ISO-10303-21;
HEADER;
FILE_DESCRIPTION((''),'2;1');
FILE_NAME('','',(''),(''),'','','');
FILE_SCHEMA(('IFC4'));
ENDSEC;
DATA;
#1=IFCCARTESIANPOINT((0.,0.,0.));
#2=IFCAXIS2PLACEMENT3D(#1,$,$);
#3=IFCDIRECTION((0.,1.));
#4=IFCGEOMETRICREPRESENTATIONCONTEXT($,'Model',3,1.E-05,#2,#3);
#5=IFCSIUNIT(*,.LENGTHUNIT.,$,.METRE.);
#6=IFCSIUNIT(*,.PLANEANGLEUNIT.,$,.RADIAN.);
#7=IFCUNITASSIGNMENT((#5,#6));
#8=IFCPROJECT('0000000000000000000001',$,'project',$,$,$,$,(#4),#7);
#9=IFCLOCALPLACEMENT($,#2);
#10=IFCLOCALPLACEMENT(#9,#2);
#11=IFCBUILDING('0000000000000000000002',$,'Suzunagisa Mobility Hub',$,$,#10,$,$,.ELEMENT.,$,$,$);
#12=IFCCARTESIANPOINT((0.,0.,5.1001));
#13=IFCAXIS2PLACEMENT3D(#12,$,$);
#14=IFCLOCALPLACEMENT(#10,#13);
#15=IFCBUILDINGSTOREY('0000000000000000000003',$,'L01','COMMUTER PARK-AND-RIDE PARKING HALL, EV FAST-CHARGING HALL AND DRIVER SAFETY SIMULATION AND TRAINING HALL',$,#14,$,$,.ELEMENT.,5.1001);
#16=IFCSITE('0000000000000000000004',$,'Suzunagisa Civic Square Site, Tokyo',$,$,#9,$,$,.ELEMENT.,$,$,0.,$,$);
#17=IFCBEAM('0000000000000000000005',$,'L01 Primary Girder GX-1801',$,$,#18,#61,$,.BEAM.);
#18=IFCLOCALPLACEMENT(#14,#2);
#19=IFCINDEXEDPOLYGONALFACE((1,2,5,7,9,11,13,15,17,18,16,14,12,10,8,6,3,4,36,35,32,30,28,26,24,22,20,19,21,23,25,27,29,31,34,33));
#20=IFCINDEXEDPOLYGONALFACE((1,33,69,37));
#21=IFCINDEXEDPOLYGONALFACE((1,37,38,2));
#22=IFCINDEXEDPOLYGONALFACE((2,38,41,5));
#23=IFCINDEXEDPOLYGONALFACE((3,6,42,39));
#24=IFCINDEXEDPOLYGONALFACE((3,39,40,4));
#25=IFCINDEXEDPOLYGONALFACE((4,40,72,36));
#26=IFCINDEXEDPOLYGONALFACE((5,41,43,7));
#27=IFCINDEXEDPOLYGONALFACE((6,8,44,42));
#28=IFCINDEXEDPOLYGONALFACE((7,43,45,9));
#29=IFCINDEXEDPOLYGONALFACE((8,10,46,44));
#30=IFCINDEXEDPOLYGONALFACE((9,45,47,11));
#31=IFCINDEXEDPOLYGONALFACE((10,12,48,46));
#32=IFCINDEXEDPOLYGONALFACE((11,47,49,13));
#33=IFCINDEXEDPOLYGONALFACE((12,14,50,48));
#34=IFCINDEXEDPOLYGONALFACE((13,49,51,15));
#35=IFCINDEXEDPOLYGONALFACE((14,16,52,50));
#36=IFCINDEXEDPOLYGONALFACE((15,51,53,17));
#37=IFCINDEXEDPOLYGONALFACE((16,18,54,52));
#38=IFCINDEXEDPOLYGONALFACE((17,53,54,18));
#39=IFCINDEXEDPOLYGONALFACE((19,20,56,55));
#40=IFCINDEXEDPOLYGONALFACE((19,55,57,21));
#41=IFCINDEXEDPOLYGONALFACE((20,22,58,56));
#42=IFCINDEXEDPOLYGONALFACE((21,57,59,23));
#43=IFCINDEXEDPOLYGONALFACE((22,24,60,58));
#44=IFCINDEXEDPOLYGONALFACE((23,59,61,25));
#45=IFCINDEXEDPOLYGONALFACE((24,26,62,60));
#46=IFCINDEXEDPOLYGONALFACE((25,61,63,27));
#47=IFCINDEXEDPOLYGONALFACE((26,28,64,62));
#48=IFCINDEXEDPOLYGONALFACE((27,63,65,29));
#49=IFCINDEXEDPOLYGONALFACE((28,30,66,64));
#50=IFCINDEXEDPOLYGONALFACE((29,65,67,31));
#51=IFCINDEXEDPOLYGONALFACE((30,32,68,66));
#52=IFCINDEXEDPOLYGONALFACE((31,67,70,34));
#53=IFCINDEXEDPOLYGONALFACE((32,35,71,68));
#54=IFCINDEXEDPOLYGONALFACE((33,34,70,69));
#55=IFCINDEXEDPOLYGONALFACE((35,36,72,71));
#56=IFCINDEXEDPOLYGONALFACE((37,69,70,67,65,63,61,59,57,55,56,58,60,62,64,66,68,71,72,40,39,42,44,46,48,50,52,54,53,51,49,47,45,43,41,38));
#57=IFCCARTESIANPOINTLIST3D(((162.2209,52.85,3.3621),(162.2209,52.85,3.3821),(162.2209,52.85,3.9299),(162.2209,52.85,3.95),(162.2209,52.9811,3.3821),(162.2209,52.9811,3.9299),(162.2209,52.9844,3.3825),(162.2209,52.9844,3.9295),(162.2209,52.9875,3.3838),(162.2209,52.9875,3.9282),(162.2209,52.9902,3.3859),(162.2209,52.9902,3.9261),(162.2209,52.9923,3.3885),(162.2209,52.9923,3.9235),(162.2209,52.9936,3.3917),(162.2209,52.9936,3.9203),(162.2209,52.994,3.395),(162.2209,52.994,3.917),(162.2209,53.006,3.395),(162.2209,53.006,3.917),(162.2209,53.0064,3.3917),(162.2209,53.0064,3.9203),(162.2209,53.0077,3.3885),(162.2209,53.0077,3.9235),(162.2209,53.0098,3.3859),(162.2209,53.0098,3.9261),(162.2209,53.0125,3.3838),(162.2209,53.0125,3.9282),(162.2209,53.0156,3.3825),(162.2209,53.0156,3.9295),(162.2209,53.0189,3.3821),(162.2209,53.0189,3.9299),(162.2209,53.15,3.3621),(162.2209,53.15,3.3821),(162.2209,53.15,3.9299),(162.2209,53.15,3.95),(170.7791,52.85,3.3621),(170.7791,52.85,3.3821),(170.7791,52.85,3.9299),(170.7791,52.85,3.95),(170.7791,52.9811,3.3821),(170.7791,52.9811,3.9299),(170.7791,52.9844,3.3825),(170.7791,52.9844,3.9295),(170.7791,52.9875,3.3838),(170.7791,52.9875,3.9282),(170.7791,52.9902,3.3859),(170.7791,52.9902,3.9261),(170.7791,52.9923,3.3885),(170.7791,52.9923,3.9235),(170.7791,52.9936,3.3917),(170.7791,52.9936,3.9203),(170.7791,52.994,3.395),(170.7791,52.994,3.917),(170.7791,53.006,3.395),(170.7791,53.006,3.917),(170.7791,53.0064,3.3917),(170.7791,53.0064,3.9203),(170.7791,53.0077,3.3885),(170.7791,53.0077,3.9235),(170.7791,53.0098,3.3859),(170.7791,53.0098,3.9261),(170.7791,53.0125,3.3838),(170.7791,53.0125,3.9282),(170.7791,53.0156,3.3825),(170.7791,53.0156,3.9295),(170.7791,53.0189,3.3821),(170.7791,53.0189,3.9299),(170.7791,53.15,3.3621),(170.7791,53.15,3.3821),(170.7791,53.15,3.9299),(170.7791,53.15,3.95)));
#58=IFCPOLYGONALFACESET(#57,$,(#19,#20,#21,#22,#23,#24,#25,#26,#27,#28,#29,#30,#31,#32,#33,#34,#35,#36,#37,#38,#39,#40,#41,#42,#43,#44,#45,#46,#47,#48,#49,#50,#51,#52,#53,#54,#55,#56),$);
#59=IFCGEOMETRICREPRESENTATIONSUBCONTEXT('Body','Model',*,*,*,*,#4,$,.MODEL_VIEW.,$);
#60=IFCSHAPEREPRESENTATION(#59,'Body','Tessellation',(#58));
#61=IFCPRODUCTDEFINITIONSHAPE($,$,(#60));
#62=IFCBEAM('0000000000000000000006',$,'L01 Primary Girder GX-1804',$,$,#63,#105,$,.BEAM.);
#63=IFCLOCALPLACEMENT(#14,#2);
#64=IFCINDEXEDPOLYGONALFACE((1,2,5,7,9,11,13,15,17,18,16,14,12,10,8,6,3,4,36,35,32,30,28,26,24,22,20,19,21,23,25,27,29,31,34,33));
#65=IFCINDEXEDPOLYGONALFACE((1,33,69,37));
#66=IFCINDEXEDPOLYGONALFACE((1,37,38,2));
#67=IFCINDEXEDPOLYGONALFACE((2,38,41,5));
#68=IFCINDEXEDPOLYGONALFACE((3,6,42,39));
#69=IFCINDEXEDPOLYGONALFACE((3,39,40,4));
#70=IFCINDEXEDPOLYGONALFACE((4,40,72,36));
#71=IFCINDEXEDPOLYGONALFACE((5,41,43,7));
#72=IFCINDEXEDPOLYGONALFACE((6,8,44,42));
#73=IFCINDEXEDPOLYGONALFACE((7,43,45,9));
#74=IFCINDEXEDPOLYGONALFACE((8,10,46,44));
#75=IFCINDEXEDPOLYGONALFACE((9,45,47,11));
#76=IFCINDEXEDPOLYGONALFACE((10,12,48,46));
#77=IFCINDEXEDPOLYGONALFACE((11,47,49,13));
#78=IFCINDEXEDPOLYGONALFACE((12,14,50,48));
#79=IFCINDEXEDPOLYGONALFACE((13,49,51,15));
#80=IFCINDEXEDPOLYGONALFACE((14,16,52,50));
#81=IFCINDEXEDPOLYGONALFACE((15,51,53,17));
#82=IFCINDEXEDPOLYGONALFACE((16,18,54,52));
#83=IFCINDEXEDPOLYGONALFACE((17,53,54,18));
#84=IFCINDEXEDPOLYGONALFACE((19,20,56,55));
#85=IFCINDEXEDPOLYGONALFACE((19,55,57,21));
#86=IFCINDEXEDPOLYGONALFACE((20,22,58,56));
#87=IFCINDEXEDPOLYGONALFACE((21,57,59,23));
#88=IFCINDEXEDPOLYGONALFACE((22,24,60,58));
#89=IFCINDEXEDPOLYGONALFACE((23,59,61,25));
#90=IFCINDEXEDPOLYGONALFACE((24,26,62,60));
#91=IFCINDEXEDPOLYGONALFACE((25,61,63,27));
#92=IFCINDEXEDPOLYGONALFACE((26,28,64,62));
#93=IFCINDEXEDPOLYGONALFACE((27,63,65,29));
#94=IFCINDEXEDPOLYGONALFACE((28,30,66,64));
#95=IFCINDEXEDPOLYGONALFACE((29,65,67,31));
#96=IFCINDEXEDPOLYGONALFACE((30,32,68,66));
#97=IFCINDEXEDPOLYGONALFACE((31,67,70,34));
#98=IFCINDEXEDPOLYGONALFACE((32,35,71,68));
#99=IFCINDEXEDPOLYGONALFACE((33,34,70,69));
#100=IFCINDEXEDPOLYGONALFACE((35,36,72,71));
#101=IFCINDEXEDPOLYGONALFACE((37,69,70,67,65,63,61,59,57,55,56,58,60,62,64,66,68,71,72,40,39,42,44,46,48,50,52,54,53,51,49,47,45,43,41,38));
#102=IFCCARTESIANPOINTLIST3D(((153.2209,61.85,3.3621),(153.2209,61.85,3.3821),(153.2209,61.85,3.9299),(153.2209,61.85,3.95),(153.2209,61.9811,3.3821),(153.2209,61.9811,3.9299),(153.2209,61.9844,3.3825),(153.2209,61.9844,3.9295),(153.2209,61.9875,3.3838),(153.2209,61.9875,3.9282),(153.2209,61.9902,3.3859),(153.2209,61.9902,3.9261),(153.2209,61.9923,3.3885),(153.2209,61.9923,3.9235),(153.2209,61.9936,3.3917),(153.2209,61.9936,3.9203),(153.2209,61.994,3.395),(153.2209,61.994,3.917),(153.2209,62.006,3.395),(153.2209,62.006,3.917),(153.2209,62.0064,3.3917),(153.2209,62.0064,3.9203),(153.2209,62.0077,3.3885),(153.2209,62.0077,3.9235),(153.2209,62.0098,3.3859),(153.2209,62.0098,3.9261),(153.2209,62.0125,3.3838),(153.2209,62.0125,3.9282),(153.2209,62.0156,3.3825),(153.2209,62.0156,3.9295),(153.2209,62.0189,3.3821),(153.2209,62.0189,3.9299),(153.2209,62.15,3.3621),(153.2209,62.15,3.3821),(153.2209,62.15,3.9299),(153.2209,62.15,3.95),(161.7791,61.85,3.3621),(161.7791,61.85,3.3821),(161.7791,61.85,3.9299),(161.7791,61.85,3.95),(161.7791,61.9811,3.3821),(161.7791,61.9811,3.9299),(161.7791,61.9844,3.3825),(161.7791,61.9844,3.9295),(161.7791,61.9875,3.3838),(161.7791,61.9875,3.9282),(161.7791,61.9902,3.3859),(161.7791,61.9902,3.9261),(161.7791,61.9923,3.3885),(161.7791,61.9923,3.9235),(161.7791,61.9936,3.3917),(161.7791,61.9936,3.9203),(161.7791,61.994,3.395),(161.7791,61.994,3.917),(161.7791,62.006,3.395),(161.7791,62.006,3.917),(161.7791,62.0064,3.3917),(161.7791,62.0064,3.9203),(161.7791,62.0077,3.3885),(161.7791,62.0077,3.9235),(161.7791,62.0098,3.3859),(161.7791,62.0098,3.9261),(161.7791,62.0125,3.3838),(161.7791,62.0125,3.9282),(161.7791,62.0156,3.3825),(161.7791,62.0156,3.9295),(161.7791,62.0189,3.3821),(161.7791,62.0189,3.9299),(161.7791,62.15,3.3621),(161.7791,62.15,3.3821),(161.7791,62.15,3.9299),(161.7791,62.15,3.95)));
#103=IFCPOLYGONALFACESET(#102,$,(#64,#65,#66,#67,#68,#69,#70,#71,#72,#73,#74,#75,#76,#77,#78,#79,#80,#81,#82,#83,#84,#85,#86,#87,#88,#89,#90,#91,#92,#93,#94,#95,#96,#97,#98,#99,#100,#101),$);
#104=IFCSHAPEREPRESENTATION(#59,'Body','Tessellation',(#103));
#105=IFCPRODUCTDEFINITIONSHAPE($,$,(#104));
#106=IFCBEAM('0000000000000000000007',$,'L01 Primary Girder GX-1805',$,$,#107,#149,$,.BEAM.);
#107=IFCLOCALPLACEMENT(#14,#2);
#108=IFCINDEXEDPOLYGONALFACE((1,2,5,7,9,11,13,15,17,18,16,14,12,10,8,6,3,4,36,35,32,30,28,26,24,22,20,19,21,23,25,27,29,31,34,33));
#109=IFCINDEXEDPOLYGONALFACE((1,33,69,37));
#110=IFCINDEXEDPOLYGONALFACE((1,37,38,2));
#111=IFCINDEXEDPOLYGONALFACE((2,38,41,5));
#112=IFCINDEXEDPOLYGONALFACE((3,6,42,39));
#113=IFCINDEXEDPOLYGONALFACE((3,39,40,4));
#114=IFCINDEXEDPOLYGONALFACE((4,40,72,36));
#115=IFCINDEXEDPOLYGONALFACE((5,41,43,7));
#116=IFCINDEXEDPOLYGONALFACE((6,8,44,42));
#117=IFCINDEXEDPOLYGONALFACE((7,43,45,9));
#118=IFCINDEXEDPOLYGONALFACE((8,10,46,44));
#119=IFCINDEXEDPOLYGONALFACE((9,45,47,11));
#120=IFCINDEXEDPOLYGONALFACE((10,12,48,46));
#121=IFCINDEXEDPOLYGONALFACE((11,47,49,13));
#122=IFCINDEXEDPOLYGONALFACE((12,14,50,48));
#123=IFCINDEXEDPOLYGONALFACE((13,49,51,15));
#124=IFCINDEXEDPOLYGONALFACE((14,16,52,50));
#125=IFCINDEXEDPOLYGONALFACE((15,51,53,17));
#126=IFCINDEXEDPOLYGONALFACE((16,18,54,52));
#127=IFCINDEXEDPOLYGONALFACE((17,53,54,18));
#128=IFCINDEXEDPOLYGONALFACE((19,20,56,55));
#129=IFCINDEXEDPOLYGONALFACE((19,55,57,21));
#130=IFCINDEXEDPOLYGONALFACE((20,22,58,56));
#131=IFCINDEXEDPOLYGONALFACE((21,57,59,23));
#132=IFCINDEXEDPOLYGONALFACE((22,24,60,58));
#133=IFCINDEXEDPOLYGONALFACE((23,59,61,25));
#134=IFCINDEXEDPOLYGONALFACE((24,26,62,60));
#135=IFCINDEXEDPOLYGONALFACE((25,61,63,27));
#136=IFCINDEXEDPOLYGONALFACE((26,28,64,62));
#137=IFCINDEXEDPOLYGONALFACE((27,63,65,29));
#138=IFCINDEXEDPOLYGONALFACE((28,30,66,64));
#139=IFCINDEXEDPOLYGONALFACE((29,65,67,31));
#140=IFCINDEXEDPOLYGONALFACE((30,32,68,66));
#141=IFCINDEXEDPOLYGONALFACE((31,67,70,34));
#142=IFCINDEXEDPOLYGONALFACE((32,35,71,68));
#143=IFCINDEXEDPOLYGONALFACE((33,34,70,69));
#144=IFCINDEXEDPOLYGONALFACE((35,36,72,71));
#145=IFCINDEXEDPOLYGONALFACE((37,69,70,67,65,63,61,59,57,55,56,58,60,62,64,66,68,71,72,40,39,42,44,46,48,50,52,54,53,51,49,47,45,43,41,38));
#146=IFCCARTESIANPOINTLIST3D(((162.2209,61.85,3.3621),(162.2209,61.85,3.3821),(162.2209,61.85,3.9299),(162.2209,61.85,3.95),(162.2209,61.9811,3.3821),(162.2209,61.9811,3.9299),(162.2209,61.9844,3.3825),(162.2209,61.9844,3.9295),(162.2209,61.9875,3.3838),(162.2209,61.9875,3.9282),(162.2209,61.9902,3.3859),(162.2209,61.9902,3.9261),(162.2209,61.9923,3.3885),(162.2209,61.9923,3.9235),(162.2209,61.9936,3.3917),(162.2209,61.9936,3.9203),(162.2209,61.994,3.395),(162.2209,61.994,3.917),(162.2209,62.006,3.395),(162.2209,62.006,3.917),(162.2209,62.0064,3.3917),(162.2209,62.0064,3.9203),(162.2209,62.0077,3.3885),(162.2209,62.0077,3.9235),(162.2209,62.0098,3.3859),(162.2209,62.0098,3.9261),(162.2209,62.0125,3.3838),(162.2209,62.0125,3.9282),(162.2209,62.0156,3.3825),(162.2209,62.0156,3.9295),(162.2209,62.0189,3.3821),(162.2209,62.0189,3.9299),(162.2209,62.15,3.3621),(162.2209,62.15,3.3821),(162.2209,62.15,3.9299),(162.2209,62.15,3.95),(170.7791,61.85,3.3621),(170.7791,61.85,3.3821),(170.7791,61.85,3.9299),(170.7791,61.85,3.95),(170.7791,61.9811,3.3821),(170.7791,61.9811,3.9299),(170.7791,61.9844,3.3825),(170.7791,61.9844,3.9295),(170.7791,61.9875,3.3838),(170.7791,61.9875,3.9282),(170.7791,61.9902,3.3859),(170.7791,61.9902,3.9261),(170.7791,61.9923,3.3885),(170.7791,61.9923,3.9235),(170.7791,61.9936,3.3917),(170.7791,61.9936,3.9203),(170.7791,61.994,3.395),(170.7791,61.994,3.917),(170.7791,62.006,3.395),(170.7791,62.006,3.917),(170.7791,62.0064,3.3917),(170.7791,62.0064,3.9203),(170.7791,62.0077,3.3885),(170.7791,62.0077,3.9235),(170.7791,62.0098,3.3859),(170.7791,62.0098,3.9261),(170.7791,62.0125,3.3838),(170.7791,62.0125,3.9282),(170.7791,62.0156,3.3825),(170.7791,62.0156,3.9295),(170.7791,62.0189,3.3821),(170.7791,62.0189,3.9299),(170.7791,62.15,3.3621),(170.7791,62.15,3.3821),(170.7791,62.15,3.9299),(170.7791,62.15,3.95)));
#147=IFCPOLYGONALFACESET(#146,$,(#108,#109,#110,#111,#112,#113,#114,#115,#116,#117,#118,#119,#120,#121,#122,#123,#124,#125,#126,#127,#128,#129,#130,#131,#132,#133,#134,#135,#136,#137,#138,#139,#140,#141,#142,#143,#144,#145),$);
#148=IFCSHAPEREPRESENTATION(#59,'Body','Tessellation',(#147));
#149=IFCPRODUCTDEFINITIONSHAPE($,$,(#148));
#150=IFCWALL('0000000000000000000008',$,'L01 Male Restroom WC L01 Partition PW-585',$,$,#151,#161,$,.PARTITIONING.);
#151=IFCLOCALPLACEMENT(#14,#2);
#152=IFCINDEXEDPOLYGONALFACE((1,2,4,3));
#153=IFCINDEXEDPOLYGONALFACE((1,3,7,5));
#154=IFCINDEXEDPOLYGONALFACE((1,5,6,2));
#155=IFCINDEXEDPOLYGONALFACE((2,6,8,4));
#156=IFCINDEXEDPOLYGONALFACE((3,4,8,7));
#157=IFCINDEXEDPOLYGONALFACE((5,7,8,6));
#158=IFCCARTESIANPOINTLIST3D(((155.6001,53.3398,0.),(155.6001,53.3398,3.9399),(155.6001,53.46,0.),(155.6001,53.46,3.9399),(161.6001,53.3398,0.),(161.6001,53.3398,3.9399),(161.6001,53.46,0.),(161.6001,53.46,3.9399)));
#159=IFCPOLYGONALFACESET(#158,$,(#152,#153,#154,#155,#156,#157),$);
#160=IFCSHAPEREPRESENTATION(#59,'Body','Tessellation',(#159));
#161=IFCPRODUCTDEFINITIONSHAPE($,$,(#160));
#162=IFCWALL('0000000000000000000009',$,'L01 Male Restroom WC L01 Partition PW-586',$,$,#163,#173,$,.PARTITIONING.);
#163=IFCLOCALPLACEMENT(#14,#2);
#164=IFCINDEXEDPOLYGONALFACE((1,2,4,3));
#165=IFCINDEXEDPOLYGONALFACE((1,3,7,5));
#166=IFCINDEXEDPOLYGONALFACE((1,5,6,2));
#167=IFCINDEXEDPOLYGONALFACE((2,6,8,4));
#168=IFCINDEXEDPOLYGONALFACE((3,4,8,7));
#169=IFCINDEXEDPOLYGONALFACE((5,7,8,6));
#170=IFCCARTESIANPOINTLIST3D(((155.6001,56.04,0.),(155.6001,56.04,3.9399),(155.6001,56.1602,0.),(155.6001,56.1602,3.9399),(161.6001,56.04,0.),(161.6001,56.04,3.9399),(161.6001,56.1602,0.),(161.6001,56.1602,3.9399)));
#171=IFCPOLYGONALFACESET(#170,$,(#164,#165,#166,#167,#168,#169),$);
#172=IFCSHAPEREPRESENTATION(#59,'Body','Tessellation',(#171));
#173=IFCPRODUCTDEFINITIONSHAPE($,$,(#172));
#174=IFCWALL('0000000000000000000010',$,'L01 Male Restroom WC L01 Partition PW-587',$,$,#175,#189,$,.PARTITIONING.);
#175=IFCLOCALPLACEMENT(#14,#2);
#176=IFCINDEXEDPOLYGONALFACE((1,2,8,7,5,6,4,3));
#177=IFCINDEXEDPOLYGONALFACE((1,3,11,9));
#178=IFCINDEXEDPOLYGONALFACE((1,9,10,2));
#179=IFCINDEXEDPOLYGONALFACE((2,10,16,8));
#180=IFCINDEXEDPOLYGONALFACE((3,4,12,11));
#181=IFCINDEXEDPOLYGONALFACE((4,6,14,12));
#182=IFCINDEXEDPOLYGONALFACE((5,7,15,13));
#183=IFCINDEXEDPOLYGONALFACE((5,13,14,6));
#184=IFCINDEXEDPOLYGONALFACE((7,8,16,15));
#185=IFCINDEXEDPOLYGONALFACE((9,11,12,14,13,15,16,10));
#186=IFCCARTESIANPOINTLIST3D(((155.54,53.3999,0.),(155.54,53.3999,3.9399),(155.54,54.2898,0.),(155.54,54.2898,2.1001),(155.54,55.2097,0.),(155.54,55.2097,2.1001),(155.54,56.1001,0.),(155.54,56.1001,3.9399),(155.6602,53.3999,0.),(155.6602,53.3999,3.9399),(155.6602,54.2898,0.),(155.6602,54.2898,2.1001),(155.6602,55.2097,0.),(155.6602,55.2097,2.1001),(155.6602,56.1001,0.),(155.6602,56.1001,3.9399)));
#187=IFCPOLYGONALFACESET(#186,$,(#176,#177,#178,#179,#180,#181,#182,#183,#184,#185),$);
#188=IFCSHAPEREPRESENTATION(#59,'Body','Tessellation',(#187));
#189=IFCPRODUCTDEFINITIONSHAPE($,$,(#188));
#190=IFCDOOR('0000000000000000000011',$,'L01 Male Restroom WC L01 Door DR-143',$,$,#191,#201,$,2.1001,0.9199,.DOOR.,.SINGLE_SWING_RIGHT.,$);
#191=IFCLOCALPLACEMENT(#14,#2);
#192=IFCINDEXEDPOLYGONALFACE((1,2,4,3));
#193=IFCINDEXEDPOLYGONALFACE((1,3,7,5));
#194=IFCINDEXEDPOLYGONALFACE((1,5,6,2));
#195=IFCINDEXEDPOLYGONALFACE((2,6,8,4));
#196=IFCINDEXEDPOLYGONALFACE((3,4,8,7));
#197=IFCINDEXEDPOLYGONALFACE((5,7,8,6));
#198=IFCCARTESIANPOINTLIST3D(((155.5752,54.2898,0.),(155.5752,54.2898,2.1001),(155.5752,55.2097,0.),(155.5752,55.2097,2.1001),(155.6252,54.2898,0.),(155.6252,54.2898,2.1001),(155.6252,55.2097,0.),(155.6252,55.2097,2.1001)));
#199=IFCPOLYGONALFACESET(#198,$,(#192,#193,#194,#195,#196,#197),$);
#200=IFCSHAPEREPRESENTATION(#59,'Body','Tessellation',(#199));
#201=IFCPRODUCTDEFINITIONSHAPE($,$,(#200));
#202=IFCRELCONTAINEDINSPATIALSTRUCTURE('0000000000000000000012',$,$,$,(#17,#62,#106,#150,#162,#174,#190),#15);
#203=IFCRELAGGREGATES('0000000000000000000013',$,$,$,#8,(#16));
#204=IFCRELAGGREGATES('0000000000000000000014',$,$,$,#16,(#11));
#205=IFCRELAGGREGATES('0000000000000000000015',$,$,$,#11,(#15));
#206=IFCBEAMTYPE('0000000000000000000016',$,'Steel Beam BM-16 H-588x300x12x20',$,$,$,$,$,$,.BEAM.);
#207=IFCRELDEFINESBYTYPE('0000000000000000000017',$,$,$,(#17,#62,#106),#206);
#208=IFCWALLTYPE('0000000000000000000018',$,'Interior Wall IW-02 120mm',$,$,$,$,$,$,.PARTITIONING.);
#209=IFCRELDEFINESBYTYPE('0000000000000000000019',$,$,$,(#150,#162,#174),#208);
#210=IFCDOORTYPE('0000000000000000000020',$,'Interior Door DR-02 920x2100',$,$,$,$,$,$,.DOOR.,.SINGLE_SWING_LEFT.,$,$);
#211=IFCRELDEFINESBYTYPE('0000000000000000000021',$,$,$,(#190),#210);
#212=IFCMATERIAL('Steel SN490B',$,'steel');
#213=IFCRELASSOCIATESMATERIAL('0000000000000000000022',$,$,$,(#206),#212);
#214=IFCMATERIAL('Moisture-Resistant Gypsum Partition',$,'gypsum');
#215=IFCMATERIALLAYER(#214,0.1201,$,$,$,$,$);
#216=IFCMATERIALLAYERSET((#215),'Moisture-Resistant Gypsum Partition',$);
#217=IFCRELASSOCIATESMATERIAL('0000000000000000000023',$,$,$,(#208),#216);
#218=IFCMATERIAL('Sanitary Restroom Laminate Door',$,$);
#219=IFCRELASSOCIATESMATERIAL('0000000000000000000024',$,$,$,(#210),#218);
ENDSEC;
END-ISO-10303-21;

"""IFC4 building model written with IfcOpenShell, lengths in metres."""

from ifc_helpers import new_model, si_unit, direction, frame, frame_2d, origin, origin_2d, place, context, subcontext, project, spatial, rectangle, i_section, extrude, material, layer, layer_set, material_profile, profile_set, type_object, element, fill, save


model = new_model("IFC4")

# Units and contexts
model_context = context("Model", 3, precision=1e-05, world=origin(), true_north=direction((0.0, 1.0)))
body_context = subcontext(model_context, "Body", "Model", "MODEL_VIEW")
ifc_project = project(units=[si_unit("LENGTHUNIT", "METRE"), si_unit("PLANEANGLEUNIT", "RADIAN")], contexts=[model_context])

# Site, building, storey
site_placement = place(None, origin())
site = spatial("IfcSite", under=ifc_project, at=site_placement, Name="Suzunagisa Civic Square Site, Tokyo", CompositionType="ELEMENT", RefElevation=0.0)
building_placement = place(site_placement, origin())
building = spatial("IfcBuilding", under=site, at=building_placement, Name="Suzunagisa Mobility Hub", CompositionType="ELEMENT")
storey_placement = place(building_placement, frame((0.0, 0.0, 5.1001)))
storey = spatial("IfcBuildingStorey", under=building, at=storey_placement, Name="L01", Description="COMMUTER PARK-AND-RIDE PARKING HALL, EV FAST-CHARGING HALL AND DRIVER SAFETY SIMULATION AND TRAINING HALL", CompositionType="ELEMENT", Elevation=5.1001)

# Shared definitions
ifc_material_1 = material(Name="Steel SN490B", Category="steel")

# Beams
ifc_material_profile_1 = material_profile(ifc_material_1, i_section(OverallWidth=0.3, OverallDepth=0.5879, WebThickness=0.012, FlangeThickness=0.02, FilletRadius=0.0129, at=origin_2d()), Name="H-588x300x12x20")
ifc_profile_set_1 = profile_set([ifc_material_profile_1], Name="Steel SN490B")
beam_type_1 = type_object("IfcBeamType", Name="Steel Beam BM-16 H-588x300x12x20", PredefinedType="BEAM", material=ifc_profile_set_1)
for number, where, z_axis, x_axis, name in (
    (1, (162.2209, 53.0, 3.656), (1.0, 0.0, 0.0), (0.0, 1.0, 0.0), "L01 Primary Girder GX-1801"),
    (2, (153.2209, 62.0, 3.656), (1.0, 0.0, 0.0), (0.0, 1.0, 0.0), "L01 Primary Girder GX-1804"),
    (3, (162.2209, 62.0, 3.656), (1.0, 0.0, 0.0), (0.0, 1.0, 0.0), "L01 Primary Girder GX-1805"),
):
    element("IfcBeam", number, at=place(storey_placement, frame(where, z_axis=z_axis, x_axis=x_axis)), inside=storey, type_object=beam_type_1, Name=name, PredefinedType="BEAM", context=body_context, shape_type="SweptSolid", body=[
        extrude(i_section(OverallWidth=0.3, OverallDepth=0.5879, WebThickness=0.012, FlangeThickness=0.02, FilletRadius=0.0129, at=origin_2d()), origin(), (0.0, 0.0, 1.0), 8.5581),
    ])

# Walls
ifc_material_2 = material(Name="Moisture-Resistant Gypsum Partition", Category="gypsum")
ifc_layer_1 = layer(ifc_material_2, 0.1201)
ifc_layer_set_1 = layer_set([ifc_layer_1], Name="Moisture-Resistant Gypsum Partition")
wall_type_1 = type_object("IfcWallType", Name="Interior Wall IW-02 120mm", PredefinedType="PARTITIONING", material=ifc_layer_set_1)
for number, where, z_axis, x_axis, name in (
    (4, (155.6001, 53.3999, 0.0), (0.0, 0.0, 1.0), (1.0, 0.0, 0.0), "L01 Male Restroom WC L01 Partition PW-585"),
    (5, (155.6001, 56.1001, 0.0), (0.0, 0.0, 1.0), (1.0, 0.0, 0.0), "L01 Male Restroom WC L01 Partition PW-586"),
):
    element("IfcWall", number, at=place(storey_placement, frame(where, z_axis=z_axis, x_axis=x_axis)), inside=storey, type_object=wall_type_1, Name=name, PredefinedType="PARTITIONING", context=body_context, shape_type="SweptSolid", body=[
        extrude(rectangle(XDim=6.0, YDim=0.1201, at=frame_2d((3.0, 0.0))), origin(), (0.0, 0.0, 1.0), 3.9399),
    ])

# Wall, opening, door
wall_1_placement = place(storey_placement, frame((155.6001, 53.3999, 0.0), z_axis=(0.0, 0.0, 1.0), x_axis=(0.0, 1.0, 0.0)))
wall_1 = element("IfcWall", 6, at=wall_1_placement, inside=storey, type_object=wall_type_1, Name="L01 Male Restroom WC L01 Partition PW-587", PredefinedType="PARTITIONING", context=body_context, shape_type="SweptSolid", body=[
    extrude(rectangle(XDim=2.7002, YDim=0.1201, at=frame_2d((1.3501, 0.0))), origin(), (0.0, 0.0, 1.0), 3.9399),
])
opening_1_placement = place(wall_1_placement, frame((0.8899, 0.0, 0.0)))
opening_1 = element("IfcOpeningElement", 7, at=opening_1_placement, cuts=wall_1, PredefinedType="OPENING", context=body_context, shape_type="SweptSolid", body=[
    extrude(rectangle(XDim=0.9199, YDim=2.1001, at=frame_2d((0.46, 1.05))), frame((0.0, 0.071, 0.0), z_axis=(0.0, -1.0, 0.0), x_axis=(1.0, 0.0, 0.0)), (0.0, 0.0, 1.0), 0.1421),
])
ifc_material_3 = material(Name="Sanitary Restroom Laminate Door")
door_type_1 = type_object("IfcDoorType", Name="Interior Door DR-02 920x2100", OperationType="SINGLE_SWING_LEFT", PredefinedType="DOOR", material=ifc_material_3)
door_1_placement = place(opening_1_placement, origin())
door_1 = element("IfcDoor", 8, at=door_1_placement, inside=storey, type_object=door_type_1, Name="L01 Male Restroom WC L01 Door DR-143", OperationType="SINGLE_SWING_RIGHT", OverallHeight=2.1001, OverallWidth=0.9199, PredefinedType="DOOR", context=body_context, shape_type="SweptSolid", body=[
    extrude(rectangle(XDim=0.9199, YDim=2.1001, at=frame_2d((0.46, 1.05))), frame((0.0, 0.0249, 0.0), z_axis=(0.0, -1.0, 0.0), x_axis=(1.0, 0.0, 0.0)), (0.0, 0.0, 1.0), 0.05),
])
fill(opening_1, door_1)

save(model, "model.ifc")
